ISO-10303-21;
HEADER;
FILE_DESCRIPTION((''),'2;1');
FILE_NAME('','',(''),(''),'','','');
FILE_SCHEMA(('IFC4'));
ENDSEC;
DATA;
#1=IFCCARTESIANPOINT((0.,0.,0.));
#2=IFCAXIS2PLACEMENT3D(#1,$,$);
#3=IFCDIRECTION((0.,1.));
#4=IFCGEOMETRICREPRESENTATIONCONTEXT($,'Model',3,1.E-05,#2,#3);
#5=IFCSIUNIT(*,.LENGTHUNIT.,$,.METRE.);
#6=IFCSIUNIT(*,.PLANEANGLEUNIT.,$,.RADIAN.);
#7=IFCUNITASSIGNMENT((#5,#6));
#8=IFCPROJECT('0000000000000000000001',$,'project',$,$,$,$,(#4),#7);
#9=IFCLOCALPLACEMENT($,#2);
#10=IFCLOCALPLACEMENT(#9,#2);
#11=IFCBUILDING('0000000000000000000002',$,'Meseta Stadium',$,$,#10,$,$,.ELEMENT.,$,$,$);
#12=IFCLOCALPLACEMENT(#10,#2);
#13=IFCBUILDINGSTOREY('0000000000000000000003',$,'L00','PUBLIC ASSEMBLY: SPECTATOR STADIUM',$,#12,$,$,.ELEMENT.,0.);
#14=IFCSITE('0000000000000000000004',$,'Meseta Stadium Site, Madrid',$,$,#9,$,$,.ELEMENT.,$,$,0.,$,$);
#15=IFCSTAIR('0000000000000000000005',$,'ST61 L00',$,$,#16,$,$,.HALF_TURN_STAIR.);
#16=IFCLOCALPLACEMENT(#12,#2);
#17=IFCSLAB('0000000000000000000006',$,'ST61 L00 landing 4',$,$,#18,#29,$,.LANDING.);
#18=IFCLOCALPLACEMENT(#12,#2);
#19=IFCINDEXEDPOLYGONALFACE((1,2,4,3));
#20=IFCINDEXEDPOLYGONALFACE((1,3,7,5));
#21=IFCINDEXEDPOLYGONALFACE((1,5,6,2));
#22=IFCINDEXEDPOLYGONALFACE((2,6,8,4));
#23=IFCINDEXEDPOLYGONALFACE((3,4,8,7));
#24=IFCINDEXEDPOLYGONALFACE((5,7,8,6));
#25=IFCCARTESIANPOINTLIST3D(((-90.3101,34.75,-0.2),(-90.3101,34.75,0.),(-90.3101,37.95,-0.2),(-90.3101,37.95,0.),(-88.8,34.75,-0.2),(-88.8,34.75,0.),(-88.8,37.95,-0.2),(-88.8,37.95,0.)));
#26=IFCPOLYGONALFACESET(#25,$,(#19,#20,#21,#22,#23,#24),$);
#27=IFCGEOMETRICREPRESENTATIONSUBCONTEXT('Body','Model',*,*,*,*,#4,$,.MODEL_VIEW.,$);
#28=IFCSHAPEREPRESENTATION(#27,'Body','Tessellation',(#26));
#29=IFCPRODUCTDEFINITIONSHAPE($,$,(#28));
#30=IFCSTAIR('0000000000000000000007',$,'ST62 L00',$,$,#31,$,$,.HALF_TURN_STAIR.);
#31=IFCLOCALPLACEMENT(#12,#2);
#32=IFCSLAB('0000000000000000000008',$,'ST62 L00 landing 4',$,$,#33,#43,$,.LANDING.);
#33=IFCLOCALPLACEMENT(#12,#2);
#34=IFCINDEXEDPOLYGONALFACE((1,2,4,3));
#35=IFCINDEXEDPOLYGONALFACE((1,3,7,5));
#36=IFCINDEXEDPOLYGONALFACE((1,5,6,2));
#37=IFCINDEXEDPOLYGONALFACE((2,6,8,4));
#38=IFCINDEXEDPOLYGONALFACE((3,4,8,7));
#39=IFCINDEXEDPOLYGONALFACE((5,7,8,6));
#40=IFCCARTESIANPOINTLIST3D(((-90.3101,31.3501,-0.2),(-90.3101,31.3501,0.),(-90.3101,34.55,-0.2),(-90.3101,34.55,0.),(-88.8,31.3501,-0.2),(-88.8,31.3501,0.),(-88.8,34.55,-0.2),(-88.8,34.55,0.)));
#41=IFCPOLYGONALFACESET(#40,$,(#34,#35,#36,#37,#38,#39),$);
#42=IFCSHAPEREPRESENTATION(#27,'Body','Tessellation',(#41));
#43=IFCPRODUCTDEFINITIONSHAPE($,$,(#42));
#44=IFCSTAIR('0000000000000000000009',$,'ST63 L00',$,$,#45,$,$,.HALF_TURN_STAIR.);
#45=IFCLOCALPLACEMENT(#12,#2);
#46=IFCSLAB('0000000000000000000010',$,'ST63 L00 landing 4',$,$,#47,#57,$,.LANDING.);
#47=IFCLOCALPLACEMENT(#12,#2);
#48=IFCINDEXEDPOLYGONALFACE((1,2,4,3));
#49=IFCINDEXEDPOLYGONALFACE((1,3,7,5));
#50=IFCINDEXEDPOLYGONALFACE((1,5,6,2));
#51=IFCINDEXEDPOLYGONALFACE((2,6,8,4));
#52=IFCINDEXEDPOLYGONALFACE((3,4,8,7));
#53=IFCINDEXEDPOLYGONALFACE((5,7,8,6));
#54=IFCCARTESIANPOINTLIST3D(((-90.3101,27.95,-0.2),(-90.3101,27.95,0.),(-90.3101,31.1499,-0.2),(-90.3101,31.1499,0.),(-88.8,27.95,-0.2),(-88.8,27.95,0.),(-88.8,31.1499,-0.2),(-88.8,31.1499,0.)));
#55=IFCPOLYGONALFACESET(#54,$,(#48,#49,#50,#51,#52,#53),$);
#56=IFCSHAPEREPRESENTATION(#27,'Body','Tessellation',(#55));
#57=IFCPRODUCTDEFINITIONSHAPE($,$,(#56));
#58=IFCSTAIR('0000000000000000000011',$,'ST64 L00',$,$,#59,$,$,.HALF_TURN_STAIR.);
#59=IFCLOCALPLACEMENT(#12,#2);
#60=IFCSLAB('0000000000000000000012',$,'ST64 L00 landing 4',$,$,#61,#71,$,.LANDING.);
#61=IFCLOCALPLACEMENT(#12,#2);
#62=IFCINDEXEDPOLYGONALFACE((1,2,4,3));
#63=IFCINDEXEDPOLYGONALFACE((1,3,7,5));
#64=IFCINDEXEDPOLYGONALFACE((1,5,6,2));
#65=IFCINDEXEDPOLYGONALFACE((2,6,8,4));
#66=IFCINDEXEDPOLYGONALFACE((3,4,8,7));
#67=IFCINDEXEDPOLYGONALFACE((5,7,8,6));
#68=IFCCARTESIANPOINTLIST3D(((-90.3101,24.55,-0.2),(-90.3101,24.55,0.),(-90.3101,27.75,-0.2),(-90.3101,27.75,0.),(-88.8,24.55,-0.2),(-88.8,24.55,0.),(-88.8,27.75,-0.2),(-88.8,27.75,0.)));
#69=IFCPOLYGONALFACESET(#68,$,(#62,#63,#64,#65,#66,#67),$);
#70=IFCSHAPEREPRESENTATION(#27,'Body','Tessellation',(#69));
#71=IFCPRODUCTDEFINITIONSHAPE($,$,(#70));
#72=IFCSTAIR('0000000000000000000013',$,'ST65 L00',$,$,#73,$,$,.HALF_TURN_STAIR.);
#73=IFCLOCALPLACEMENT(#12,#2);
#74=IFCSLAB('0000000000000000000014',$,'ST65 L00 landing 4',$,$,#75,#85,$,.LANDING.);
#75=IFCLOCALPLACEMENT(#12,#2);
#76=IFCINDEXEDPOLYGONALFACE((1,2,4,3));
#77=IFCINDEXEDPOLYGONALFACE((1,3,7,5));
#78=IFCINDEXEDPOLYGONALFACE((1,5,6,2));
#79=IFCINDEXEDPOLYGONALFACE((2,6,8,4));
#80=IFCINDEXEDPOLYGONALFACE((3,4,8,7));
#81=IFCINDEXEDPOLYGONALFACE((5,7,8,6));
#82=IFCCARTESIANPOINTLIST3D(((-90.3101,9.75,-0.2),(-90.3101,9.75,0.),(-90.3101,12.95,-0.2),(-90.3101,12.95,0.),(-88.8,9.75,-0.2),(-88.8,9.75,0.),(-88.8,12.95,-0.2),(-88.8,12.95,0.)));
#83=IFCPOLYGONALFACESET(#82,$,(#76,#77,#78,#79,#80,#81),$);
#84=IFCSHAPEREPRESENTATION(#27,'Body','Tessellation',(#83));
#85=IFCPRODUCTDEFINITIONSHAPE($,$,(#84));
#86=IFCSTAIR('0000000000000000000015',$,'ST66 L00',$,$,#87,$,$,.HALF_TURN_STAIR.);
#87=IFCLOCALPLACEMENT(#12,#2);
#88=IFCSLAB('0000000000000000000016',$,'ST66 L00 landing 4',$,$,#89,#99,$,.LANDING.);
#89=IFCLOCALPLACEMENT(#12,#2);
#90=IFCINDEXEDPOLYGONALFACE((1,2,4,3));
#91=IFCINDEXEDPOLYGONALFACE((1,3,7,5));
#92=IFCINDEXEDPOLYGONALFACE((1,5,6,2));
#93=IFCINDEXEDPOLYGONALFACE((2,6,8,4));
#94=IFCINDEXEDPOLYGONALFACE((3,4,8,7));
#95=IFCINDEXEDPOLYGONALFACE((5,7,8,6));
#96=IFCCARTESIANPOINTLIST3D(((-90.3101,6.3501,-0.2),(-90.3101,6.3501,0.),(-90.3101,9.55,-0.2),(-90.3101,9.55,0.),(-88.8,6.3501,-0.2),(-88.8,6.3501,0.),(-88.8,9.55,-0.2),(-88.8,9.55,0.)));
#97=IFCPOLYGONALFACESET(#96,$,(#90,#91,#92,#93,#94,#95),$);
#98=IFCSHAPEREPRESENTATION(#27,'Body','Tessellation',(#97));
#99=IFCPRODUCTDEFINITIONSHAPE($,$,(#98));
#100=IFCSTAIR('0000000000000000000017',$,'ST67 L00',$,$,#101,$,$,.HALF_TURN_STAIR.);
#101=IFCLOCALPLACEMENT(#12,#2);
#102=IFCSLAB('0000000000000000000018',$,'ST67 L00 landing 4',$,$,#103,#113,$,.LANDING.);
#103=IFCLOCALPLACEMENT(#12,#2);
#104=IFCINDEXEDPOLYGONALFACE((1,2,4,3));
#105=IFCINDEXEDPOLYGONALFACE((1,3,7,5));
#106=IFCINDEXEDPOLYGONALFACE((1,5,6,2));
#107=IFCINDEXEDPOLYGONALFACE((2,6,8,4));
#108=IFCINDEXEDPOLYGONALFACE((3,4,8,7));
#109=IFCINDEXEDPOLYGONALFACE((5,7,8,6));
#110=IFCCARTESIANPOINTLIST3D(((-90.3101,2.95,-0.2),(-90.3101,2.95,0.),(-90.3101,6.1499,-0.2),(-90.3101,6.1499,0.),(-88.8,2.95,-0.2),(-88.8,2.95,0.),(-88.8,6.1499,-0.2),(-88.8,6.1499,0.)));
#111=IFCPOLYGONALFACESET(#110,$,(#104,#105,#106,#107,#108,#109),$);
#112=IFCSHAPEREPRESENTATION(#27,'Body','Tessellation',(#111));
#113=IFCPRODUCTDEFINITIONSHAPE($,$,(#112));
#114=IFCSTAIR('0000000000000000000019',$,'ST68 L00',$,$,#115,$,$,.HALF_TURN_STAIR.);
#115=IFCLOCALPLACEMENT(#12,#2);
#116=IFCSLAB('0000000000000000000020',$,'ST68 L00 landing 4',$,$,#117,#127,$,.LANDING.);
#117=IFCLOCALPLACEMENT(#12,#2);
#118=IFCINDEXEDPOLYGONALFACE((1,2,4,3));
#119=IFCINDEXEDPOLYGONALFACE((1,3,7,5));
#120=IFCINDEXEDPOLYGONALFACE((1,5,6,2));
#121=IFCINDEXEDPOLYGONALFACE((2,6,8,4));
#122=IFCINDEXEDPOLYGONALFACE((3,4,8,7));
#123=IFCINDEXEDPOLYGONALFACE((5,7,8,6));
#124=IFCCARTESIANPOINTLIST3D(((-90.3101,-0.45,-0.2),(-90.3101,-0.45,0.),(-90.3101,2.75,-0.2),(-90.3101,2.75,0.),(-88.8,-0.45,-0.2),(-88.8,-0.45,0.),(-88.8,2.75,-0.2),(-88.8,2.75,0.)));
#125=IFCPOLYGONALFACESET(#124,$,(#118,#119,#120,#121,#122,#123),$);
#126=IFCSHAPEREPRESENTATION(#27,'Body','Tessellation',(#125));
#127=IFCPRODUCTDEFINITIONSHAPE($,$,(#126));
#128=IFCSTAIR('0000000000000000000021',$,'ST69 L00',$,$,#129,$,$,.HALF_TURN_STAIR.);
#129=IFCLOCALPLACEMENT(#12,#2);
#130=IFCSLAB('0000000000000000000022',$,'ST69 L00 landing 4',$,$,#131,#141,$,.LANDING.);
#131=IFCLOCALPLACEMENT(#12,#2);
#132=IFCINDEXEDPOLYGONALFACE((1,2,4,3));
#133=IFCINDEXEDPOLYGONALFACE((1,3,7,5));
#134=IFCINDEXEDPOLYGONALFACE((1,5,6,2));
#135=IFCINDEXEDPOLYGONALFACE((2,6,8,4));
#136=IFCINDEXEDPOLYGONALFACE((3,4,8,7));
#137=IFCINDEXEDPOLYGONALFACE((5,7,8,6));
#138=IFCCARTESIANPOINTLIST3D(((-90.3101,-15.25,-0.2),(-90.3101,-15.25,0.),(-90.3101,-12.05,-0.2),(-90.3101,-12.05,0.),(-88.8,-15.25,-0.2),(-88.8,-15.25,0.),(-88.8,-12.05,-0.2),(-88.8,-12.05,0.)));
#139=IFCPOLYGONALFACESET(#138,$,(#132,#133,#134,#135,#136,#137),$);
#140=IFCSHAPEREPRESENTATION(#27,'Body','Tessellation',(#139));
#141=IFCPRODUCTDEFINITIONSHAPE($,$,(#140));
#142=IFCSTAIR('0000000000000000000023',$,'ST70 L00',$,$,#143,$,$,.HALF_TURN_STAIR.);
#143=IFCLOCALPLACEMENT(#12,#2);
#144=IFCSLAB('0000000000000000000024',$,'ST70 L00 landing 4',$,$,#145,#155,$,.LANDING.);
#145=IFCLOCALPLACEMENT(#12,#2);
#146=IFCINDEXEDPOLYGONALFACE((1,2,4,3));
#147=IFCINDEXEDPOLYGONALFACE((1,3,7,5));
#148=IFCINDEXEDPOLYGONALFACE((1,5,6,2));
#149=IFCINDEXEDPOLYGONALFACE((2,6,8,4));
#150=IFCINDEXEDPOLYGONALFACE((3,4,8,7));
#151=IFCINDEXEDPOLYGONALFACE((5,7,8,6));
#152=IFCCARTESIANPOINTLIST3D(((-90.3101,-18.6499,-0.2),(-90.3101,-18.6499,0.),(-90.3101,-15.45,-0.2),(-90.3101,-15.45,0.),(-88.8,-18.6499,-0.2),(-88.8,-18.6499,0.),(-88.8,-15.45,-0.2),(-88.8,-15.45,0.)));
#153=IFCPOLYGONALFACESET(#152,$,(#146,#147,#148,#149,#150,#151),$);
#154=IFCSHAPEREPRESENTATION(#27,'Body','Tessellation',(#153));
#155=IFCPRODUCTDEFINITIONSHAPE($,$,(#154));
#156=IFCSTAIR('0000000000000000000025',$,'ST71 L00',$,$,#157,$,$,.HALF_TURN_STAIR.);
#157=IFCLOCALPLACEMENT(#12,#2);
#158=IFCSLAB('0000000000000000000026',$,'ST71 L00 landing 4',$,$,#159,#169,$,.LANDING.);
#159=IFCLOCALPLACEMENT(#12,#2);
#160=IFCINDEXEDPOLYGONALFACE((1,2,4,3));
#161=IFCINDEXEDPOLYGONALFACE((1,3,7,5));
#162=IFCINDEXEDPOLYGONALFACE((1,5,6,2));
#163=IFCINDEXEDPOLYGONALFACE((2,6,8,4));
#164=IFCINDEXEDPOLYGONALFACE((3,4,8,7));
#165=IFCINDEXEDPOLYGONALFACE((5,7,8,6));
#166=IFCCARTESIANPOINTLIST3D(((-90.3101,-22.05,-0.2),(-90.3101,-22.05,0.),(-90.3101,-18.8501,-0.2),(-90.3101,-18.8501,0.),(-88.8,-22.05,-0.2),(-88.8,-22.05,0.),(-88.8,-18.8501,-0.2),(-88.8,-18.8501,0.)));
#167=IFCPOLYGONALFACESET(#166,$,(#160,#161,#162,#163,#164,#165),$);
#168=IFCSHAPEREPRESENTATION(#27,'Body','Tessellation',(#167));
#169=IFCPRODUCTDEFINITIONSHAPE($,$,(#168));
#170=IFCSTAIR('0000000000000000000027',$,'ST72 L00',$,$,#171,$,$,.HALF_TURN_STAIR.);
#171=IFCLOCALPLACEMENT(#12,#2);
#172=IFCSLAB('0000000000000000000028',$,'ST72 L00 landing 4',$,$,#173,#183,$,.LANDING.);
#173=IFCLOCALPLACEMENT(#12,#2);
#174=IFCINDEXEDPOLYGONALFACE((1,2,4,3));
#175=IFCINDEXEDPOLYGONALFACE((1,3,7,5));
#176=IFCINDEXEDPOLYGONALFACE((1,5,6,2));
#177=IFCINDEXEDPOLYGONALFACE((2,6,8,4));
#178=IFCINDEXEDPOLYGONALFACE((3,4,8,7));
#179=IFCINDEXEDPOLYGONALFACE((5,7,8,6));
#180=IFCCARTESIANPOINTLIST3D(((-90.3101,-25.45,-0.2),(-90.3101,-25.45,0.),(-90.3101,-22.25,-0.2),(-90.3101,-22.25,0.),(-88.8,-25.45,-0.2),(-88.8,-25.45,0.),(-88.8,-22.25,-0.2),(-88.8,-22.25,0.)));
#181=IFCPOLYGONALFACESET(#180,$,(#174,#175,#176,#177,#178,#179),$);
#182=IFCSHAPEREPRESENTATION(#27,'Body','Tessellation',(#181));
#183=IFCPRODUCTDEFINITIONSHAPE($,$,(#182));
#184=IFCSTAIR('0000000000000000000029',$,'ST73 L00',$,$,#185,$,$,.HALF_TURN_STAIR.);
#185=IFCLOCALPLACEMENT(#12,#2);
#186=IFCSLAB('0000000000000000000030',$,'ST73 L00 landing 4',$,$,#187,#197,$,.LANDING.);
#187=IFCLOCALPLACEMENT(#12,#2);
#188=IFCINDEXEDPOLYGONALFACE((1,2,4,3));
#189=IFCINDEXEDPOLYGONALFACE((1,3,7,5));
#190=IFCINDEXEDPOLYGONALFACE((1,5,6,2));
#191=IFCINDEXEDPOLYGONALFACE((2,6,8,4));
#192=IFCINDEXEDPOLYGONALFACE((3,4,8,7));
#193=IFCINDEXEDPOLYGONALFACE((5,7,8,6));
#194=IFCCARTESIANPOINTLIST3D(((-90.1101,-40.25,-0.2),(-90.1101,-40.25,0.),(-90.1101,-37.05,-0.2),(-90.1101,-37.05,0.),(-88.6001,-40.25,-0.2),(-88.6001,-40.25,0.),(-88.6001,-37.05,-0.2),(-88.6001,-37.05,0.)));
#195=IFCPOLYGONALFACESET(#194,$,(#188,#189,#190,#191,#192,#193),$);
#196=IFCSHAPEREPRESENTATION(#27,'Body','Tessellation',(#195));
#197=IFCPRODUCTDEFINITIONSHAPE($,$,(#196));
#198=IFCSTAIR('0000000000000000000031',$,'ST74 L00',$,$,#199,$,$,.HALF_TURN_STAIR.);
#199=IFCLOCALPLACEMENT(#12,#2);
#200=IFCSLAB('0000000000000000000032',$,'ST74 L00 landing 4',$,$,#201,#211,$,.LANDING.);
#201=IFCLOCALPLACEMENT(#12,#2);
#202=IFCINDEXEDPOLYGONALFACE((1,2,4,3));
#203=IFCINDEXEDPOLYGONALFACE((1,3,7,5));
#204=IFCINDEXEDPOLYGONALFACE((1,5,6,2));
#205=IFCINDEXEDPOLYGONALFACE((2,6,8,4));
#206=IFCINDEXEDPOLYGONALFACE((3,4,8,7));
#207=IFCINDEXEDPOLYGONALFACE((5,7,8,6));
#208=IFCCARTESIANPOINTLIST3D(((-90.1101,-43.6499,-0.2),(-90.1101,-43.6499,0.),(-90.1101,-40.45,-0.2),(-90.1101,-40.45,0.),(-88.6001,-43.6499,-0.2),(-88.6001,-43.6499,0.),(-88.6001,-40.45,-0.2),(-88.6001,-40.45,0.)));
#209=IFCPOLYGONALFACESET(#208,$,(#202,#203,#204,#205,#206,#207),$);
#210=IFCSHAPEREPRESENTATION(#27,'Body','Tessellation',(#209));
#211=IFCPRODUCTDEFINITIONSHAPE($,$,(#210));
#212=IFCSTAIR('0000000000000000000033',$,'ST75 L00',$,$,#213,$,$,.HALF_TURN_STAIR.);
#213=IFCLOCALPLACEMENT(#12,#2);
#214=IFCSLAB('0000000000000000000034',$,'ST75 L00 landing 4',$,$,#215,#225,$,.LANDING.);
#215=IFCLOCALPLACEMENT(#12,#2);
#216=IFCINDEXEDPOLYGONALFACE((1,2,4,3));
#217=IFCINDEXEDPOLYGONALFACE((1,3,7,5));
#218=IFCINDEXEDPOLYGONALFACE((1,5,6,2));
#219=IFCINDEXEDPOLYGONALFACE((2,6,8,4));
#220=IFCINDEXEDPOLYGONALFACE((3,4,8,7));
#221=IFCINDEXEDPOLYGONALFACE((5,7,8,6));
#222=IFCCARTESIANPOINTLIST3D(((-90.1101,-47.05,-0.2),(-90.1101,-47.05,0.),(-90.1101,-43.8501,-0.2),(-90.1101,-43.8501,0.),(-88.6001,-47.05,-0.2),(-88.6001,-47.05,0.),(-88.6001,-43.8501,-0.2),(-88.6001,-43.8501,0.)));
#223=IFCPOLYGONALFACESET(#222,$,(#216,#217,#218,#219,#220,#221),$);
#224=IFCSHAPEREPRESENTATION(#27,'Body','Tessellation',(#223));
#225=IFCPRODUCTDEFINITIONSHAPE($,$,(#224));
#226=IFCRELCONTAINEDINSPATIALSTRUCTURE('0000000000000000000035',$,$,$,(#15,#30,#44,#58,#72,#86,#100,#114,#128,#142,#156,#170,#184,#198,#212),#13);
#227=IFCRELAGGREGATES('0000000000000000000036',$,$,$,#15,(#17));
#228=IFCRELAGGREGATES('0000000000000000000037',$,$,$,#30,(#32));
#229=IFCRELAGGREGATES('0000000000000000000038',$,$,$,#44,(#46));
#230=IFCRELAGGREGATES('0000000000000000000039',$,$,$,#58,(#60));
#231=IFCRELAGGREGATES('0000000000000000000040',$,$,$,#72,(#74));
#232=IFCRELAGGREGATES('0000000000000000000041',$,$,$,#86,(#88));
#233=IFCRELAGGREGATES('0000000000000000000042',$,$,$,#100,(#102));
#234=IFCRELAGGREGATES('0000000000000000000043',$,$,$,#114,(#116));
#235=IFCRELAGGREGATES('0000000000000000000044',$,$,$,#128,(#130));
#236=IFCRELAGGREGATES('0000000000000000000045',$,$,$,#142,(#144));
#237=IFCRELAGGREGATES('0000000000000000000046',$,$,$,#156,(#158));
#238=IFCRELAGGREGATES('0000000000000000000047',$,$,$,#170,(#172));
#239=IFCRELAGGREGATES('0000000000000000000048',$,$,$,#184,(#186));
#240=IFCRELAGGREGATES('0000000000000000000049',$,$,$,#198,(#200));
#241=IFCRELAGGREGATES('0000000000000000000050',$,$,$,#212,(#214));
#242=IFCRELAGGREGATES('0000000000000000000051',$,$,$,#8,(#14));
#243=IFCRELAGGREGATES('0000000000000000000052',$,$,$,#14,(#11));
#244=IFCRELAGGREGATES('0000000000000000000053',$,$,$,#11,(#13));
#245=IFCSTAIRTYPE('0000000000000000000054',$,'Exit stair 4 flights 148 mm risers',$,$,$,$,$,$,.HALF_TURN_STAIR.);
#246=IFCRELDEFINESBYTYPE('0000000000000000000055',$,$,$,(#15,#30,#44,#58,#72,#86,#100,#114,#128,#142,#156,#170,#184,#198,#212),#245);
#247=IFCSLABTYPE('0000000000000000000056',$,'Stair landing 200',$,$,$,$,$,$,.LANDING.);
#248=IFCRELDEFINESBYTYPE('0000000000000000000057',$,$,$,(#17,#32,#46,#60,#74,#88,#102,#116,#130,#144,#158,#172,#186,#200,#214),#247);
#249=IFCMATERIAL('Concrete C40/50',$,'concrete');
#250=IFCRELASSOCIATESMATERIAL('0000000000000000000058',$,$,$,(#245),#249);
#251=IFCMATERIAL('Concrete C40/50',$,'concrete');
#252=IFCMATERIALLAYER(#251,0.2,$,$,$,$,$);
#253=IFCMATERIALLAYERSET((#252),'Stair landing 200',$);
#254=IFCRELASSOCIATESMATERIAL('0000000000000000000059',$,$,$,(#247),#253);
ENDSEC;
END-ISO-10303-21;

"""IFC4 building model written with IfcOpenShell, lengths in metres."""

from ifc_helpers import new_model, si_unit, direction, frame, origin, place, context, subcontext, project, spatial, polyline, outline, extrude, material, layer, layer_set, type_object, element, aggregate, save


model = new_model("IFC4")

# Units and contexts
model_context = context("Model", 3, precision=1e-05, world=origin(), true_north=direction((0.0, 1.0)))
body_context = subcontext(model_context, "Body", "Model", "MODEL_VIEW")
ifc_project = project(units=[si_unit("LENGTHUNIT", "METRE"), si_unit("PLANEANGLEUNIT", "RADIAN")], contexts=[model_context])

# Site, building, storey
site_placement = place(None, origin())
site = spatial("IfcSite", under=ifc_project, at=site_placement, Name="Meseta Stadium Site, Madrid", CompositionType="ELEMENT", RefElevation=0.0)
building_placement = place(site_placement, origin())
building = spatial("IfcBuilding", under=site, at=building_placement, Name="Meseta Stadium", CompositionType="ELEMENT")
storey_placement = place(building_placement, origin())
storey = spatial("IfcBuildingStorey", under=building, at=storey_placement, Name="L00", Description="PUBLIC ASSEMBLY: SPECTATOR STADIUM", CompositionType="ELEMENT", Elevation=0.0)

# Stairs, slabs
ifc_material_1 = material(Name="Concrete C40/50", Category="concrete")
stair_type = type_object("IfcStairType", Name="Exit stair 4 flights 148 mm risers", PredefinedType="HALF_TURN_STAIR", material=ifc_material_1)
ifc_material_2 = material(Name="Concrete C40/50", Category="concrete")
ifc_layer = layer(ifc_material_2, 0.2)
ifc_layer_set = layer_set([ifc_layer], Name="Stair landing 200")
slab_type = type_object("IfcSlabType", Name="Stair landing 200", PredefinedType="LANDING", material=ifc_layer_set)
stair_1_placement = place(storey_placement, origin())
stair_1 = element("IfcStair", 1, at=stair_1_placement, inside=storey, type_object=stair_type, Name="ST61 L00", PredefinedType="HALF_TURN_STAIR")
slab_1_placement = place(storey_placement, frame((0.0, 0.0, -0.2)))
slab_1 = element("IfcSlab", 2, at=slab_1_placement, type_object=slab_type, Name="ST61 L00 landing 4", PredefinedType="LANDING", context=body_context, shape_type="SweptSolid", body=[
    extrude(outline(polyline([(-88.8, 37.95), (-90.3101, 37.95), (-90.3101, 34.75), (-88.8, 34.75), (-88.8, 37.95)])), origin(), (0.0, 0.0, 1.0), 0.2),
])
aggregate(stair_1, [slab_1])
stair_2_placement = place(storey_placement, origin())
stair_2 = element("IfcStair", 3, at=stair_2_placement, inside=storey, type_object=stair_type, Name="ST62 L00", PredefinedType="HALF_TURN_STAIR")
slab_2_placement = place(storey_placement, frame((0.0, 0.0, -0.2)))
slab_2 = element("IfcSlab", 4, at=slab_2_placement, type_object=slab_type, Name="ST62 L00 landing 4", PredefinedType="LANDING", context=body_context, shape_type="SweptSolid", body=[
    extrude(outline(polyline([(-88.8, 34.55), (-90.3101, 34.55), (-90.3101, 31.3501), (-88.8, 31.3501), (-88.8, 34.55)])), origin(), (0.0, 0.0, 1.0), 0.2),
])
aggregate(stair_2, [slab_2])
stair_3_placement = place(storey_placement, origin())
stair_3 = element("IfcStair", 5, at=stair_3_placement, inside=storey, type_object=stair_type, Name="ST63 L00", PredefinedType="HALF_TURN_STAIR")
slab_3_placement = place(storey_placement, frame((0.0, 0.0, -0.2)))
slab_3 = element("IfcSlab", 6, at=slab_3_placement, type_object=slab_type, Name="ST63 L00 landing 4", PredefinedType="LANDING", context=body_context, shape_type="SweptSolid", body=[
    extrude(outline(polyline([(-88.8, 31.1499), (-90.3101, 31.1499), (-90.3101, 27.95), (-88.8, 27.95), (-88.8, 31.1499)])), origin(), (0.0, 0.0, 1.0), 0.2),
])
aggregate(stair_3, [slab_3])
stair_4_placement = place(storey_placement, origin())
stair_4 = element("IfcStair", 7, at=stair_4_placement, inside=storey, type_object=stair_type, Name="ST64 L00", PredefinedType="HALF_TURN_STAIR")
slab_4_placement = place(storey_placement, frame((0.0, 0.0, -0.2)))
slab_4 = element("IfcSlab", 8, at=slab_4_placement, type_object=slab_type, Name="ST64 L00 landing 4", PredefinedType="LANDING", context=body_context, shape_type="SweptSolid", body=[
    extrude(outline(polyline([(-88.8, 27.75), (-90.3101, 27.75), (-90.3101, 24.55), (-88.8, 24.55), (-88.8, 27.75)])), origin(), (0.0, 0.0, 1.0), 0.2),
])
aggregate(stair_4, [slab_4])
stair_5_placement = place(storey_placement, origin())
stair_5 = element("IfcStair", 9, at=stair_5_placement, inside=storey, type_object=stair_type, Name="ST65 L00", PredefinedType="HALF_TURN_STAIR")
slab_5_placement = place(storey_placement, frame((0.0, 0.0, -0.2)))
slab_5 = element("IfcSlab", 10, at=slab_5_placement, type_object=slab_type, Name="ST65 L00 landing 4", PredefinedType="LANDING", context=body_context, shape_type="SweptSolid", body=[
    extrude(outline(polyline([(-88.8, 12.95), (-90.3101, 12.95), (-90.3101, 9.75), (-88.8, 9.75), (-88.8, 12.95)])), origin(), (0.0, 0.0, 1.0), 0.2),
])
aggregate(stair_5, [slab_5])
stair_6_placement = place(storey_placement, origin())
stair_6 = element("IfcStair", 11, at=stair_6_placement, inside=storey, type_object=stair_type, Name="ST66 L00", PredefinedType="HALF_TURN_STAIR")
slab_6_placement = place(storey_placement, frame((0.0, 0.0, -0.2)))
slab_6 = element("IfcSlab", 12, at=slab_6_placement, type_object=slab_type, Name="ST66 L00 landing 4", PredefinedType="LANDING", context=body_context, shape_type="SweptSolid", body=[
    extrude(outline(polyline([(-88.8, 9.55), (-90.3101, 9.55), (-90.3101, 6.3501), (-88.8, 6.3501), (-88.8, 9.55)])), origin(), (0.0, 0.0, 1.0), 0.2),
])
aggregate(stair_6, [slab_6])
stair_7_placement = place(storey_placement, origin())
stair_7 = element("IfcStair", 13, at=stair_7_placement, inside=storey, type_object=stair_type, Name="ST67 L00", PredefinedType="HALF_TURN_STAIR")
slab_7_placement = place(storey_placement, frame((0.0, 0.0, -0.2)))
slab_7 = element("IfcSlab", 14, at=slab_7_placement, type_object=slab_type, Name="ST67 L00 landing 4", PredefinedType="LANDING", context=body_context, shape_type="SweptSolid", body=[
    extrude(outline(polyline([(-88.8, 6.1499), (-90.3101, 6.1499), (-90.3101, 2.95), (-88.8, 2.95), (-88.8, 6.1499)])), origin(), (0.0, 0.0, 1.0), 0.2),
])
aggregate(stair_7, [slab_7])
stair_8_placement = place(storey_placement, origin())
stair_8 = element("IfcStair", 15, at=stair_8_placement, inside=storey, type_object=stair_type, Name="ST68 L00", PredefinedType="HALF_TURN_STAIR")
slab_8_placement = place(storey_placement, frame((0.0, 0.0, -0.2)))
slab_8 = element("IfcSlab", 16, at=slab_8_placement, type_object=slab_type, Name="ST68 L00 landing 4", PredefinedType="LANDING", context=body_context, shape_type="SweptSolid", body=[
    extrude(outline(polyline([(-88.8, 2.75), (-90.3101, 2.75), (-90.3101, -0.45), (-88.8, -0.45), (-88.8, 2.75)])), origin(), (0.0, 0.0, 1.0), 0.2),
])
aggregate(stair_8, [slab_8])
stair_9_placement = place(storey_placement, origin())
stair_9 = element("IfcStair", 17, at=stair_9_placement, inside=storey, type_object=stair_type, Name="ST69 L00", PredefinedType="HALF_TURN_STAIR")
slab_9_placement = place(storey_placement, frame((0.0, 0.0, -0.2)))
slab_9 = element("IfcSlab", 18, at=slab_9_placement, type_object=slab_type, Name="ST69 L00 landing 4", PredefinedType="LANDING", context=body_context, shape_type="SweptSolid", body=[
    extrude(outline(polyline([(-88.8, -12.05), (-90.3101, -12.05), (-90.3101, -15.25), (-88.8, -15.25), (-88.8, -12.05)])), origin(), (0.0, 0.0, 1.0), 0.2),
])
aggregate(stair_9, [slab_9])
stair_10_placement = place(storey_placement, origin())
stair_10 = element("IfcStair", 19, at=stair_10_placement, inside=storey, type_object=stair_type, Name="ST70 L00", PredefinedType="HALF_TURN_STAIR")
slab_10_placement = place(storey_placement, frame((0.0, 0.0, -0.2)))
slab_10 = element("IfcSlab", 20, at=slab_10_placement, type_object=slab_type, Name="ST70 L00 landing 4", PredefinedType="LANDING", context=body_context, shape_type="SweptSolid", body=[
    extrude(outline(polyline([(-88.8, -15.45), (-90.3101, -15.45), (-90.3101, -18.6499), (-88.8, -18.6499), (-88.8, -15.45)])), origin(), (0.0, 0.0, 1.0), 0.2),
])
aggregate(stair_10, [slab_10])
stair_11_placement = place(storey_placement, origin())
stair_11 = element("IfcStair", 21, at=stair_11_placement, inside=storey, type_object=stair_type, Name="ST71 L00", PredefinedType="HALF_TURN_STAIR")
slab_11_placement = place(storey_placement, frame((0.0, 0.0, -0.2)))
slab_11 = element("IfcSlab", 22, at=slab_11_placement, type_object=slab_type, Name="ST71 L00 landing 4", PredefinedType="LANDING", context=body_context, shape_type="SweptSolid", body=[
    extrude(outline(polyline([(-88.8, -18.8501), (-90.3101, -18.8501), (-90.3101, -22.05), (-88.8, -22.05), (-88.8, -18.8501)])), origin(), (0.0, 0.0, 1.0), 0.2),
])
aggregate(stair_11, [slab_11])
stair_12_placement = place(storey_placement, origin())
stair_12 = element("IfcStair", 23, at=stair_12_placement, inside=storey, type_object=stair_type, Name="ST72 L00", PredefinedType="HALF_TURN_STAIR")
slab_12_placement = place(storey_placement, frame((0.0, 0.0, -0.2)))
slab_12 = element("IfcSlab", 24, at=slab_12_placement, type_object=slab_type, Name="ST72 L00 landing 4", PredefinedType="LANDING", context=body_context, shape_type="SweptSolid", body=[
    extrude(outline(polyline([(-88.8, -22.25), (-90.3101, -22.25), (-90.3101, -25.45), (-88.8, -25.45), (-88.8, -22.25)])), origin(), (0.0, 0.0, 1.0), 0.2),
])
aggregate(stair_12, [slab_12])
stair_13_placement = place(storey_placement, origin())
stair_13 = element("IfcStair", 25, at=stair_13_placement, inside=storey, type_object=stair_type, Name="ST73 L00", PredefinedType="HALF_TURN_STAIR")
slab_13_placement = place(storey_placement, frame((0.0, 0.0, -0.2)))
slab_13 = element("IfcSlab", 26, at=slab_13_placement, type_object=slab_type, Name="ST73 L00 landing 4", PredefinedType="LANDING", context=body_context, shape_type="SweptSolid", body=[
    extrude(outline(polyline([(-88.6001, -37.05), (-90.1101, -37.05), (-90.1101, -40.25), (-88.6001, -40.25), (-88.6001, -37.05)])), origin(), (0.0, 0.0, 1.0), 0.2),
])
aggregate(stair_13, [slab_13])
stair_14_placement = place(storey_placement, origin())
stair_14 = element("IfcStair", 27, at=stair_14_placement, inside=storey, type_object=stair_type, Name="ST74 L00", PredefinedType="HALF_TURN_STAIR")
slab_14_placement = place(storey_placement, frame((0.0, 0.0, -0.2)))
slab_14 = element("IfcSlab", 28, at=slab_14_placement, type_object=slab_type, Name="ST74 L00 landing 4", PredefinedType="LANDING", context=body_context, shape_type="SweptSolid", body=[
    extrude(outline(polyline([(-88.6001, -40.45), (-90.1101, -40.45), (-90.1101, -43.6499), (-88.6001, -43.6499), (-88.6001, -40.45)])), origin(), (0.0, 0.0, 1.0), 0.2),
])
aggregate(stair_14, [slab_14])
stair_15_placement = place(storey_placement, origin())
stair_15 = element("IfcStair", 29, at=stair_15_placement, inside=storey, type_object=stair_type, Name="ST75 L00", PredefinedType="HALF_TURN_STAIR")
slab_15_placement = place(storey_placement, frame((0.0, 0.0, -0.2)))
slab_15 = element("IfcSlab", 30, at=slab_15_placement, type_object=slab_type, Name="ST75 L00 landing 4", PredefinedType="LANDING", context=body_context, shape_type="SweptSolid", body=[
    extrude(outline(polyline([(-88.6001, -43.8501), (-90.1101, -43.8501), (-90.1101, -47.05), (-88.6001, -47.05), (-88.6001, -43.8501)])), origin(), (0.0, 0.0, 1.0), 0.2),
])
aggregate(stair_15, [slab_15])

save(model, "model.ifc")
